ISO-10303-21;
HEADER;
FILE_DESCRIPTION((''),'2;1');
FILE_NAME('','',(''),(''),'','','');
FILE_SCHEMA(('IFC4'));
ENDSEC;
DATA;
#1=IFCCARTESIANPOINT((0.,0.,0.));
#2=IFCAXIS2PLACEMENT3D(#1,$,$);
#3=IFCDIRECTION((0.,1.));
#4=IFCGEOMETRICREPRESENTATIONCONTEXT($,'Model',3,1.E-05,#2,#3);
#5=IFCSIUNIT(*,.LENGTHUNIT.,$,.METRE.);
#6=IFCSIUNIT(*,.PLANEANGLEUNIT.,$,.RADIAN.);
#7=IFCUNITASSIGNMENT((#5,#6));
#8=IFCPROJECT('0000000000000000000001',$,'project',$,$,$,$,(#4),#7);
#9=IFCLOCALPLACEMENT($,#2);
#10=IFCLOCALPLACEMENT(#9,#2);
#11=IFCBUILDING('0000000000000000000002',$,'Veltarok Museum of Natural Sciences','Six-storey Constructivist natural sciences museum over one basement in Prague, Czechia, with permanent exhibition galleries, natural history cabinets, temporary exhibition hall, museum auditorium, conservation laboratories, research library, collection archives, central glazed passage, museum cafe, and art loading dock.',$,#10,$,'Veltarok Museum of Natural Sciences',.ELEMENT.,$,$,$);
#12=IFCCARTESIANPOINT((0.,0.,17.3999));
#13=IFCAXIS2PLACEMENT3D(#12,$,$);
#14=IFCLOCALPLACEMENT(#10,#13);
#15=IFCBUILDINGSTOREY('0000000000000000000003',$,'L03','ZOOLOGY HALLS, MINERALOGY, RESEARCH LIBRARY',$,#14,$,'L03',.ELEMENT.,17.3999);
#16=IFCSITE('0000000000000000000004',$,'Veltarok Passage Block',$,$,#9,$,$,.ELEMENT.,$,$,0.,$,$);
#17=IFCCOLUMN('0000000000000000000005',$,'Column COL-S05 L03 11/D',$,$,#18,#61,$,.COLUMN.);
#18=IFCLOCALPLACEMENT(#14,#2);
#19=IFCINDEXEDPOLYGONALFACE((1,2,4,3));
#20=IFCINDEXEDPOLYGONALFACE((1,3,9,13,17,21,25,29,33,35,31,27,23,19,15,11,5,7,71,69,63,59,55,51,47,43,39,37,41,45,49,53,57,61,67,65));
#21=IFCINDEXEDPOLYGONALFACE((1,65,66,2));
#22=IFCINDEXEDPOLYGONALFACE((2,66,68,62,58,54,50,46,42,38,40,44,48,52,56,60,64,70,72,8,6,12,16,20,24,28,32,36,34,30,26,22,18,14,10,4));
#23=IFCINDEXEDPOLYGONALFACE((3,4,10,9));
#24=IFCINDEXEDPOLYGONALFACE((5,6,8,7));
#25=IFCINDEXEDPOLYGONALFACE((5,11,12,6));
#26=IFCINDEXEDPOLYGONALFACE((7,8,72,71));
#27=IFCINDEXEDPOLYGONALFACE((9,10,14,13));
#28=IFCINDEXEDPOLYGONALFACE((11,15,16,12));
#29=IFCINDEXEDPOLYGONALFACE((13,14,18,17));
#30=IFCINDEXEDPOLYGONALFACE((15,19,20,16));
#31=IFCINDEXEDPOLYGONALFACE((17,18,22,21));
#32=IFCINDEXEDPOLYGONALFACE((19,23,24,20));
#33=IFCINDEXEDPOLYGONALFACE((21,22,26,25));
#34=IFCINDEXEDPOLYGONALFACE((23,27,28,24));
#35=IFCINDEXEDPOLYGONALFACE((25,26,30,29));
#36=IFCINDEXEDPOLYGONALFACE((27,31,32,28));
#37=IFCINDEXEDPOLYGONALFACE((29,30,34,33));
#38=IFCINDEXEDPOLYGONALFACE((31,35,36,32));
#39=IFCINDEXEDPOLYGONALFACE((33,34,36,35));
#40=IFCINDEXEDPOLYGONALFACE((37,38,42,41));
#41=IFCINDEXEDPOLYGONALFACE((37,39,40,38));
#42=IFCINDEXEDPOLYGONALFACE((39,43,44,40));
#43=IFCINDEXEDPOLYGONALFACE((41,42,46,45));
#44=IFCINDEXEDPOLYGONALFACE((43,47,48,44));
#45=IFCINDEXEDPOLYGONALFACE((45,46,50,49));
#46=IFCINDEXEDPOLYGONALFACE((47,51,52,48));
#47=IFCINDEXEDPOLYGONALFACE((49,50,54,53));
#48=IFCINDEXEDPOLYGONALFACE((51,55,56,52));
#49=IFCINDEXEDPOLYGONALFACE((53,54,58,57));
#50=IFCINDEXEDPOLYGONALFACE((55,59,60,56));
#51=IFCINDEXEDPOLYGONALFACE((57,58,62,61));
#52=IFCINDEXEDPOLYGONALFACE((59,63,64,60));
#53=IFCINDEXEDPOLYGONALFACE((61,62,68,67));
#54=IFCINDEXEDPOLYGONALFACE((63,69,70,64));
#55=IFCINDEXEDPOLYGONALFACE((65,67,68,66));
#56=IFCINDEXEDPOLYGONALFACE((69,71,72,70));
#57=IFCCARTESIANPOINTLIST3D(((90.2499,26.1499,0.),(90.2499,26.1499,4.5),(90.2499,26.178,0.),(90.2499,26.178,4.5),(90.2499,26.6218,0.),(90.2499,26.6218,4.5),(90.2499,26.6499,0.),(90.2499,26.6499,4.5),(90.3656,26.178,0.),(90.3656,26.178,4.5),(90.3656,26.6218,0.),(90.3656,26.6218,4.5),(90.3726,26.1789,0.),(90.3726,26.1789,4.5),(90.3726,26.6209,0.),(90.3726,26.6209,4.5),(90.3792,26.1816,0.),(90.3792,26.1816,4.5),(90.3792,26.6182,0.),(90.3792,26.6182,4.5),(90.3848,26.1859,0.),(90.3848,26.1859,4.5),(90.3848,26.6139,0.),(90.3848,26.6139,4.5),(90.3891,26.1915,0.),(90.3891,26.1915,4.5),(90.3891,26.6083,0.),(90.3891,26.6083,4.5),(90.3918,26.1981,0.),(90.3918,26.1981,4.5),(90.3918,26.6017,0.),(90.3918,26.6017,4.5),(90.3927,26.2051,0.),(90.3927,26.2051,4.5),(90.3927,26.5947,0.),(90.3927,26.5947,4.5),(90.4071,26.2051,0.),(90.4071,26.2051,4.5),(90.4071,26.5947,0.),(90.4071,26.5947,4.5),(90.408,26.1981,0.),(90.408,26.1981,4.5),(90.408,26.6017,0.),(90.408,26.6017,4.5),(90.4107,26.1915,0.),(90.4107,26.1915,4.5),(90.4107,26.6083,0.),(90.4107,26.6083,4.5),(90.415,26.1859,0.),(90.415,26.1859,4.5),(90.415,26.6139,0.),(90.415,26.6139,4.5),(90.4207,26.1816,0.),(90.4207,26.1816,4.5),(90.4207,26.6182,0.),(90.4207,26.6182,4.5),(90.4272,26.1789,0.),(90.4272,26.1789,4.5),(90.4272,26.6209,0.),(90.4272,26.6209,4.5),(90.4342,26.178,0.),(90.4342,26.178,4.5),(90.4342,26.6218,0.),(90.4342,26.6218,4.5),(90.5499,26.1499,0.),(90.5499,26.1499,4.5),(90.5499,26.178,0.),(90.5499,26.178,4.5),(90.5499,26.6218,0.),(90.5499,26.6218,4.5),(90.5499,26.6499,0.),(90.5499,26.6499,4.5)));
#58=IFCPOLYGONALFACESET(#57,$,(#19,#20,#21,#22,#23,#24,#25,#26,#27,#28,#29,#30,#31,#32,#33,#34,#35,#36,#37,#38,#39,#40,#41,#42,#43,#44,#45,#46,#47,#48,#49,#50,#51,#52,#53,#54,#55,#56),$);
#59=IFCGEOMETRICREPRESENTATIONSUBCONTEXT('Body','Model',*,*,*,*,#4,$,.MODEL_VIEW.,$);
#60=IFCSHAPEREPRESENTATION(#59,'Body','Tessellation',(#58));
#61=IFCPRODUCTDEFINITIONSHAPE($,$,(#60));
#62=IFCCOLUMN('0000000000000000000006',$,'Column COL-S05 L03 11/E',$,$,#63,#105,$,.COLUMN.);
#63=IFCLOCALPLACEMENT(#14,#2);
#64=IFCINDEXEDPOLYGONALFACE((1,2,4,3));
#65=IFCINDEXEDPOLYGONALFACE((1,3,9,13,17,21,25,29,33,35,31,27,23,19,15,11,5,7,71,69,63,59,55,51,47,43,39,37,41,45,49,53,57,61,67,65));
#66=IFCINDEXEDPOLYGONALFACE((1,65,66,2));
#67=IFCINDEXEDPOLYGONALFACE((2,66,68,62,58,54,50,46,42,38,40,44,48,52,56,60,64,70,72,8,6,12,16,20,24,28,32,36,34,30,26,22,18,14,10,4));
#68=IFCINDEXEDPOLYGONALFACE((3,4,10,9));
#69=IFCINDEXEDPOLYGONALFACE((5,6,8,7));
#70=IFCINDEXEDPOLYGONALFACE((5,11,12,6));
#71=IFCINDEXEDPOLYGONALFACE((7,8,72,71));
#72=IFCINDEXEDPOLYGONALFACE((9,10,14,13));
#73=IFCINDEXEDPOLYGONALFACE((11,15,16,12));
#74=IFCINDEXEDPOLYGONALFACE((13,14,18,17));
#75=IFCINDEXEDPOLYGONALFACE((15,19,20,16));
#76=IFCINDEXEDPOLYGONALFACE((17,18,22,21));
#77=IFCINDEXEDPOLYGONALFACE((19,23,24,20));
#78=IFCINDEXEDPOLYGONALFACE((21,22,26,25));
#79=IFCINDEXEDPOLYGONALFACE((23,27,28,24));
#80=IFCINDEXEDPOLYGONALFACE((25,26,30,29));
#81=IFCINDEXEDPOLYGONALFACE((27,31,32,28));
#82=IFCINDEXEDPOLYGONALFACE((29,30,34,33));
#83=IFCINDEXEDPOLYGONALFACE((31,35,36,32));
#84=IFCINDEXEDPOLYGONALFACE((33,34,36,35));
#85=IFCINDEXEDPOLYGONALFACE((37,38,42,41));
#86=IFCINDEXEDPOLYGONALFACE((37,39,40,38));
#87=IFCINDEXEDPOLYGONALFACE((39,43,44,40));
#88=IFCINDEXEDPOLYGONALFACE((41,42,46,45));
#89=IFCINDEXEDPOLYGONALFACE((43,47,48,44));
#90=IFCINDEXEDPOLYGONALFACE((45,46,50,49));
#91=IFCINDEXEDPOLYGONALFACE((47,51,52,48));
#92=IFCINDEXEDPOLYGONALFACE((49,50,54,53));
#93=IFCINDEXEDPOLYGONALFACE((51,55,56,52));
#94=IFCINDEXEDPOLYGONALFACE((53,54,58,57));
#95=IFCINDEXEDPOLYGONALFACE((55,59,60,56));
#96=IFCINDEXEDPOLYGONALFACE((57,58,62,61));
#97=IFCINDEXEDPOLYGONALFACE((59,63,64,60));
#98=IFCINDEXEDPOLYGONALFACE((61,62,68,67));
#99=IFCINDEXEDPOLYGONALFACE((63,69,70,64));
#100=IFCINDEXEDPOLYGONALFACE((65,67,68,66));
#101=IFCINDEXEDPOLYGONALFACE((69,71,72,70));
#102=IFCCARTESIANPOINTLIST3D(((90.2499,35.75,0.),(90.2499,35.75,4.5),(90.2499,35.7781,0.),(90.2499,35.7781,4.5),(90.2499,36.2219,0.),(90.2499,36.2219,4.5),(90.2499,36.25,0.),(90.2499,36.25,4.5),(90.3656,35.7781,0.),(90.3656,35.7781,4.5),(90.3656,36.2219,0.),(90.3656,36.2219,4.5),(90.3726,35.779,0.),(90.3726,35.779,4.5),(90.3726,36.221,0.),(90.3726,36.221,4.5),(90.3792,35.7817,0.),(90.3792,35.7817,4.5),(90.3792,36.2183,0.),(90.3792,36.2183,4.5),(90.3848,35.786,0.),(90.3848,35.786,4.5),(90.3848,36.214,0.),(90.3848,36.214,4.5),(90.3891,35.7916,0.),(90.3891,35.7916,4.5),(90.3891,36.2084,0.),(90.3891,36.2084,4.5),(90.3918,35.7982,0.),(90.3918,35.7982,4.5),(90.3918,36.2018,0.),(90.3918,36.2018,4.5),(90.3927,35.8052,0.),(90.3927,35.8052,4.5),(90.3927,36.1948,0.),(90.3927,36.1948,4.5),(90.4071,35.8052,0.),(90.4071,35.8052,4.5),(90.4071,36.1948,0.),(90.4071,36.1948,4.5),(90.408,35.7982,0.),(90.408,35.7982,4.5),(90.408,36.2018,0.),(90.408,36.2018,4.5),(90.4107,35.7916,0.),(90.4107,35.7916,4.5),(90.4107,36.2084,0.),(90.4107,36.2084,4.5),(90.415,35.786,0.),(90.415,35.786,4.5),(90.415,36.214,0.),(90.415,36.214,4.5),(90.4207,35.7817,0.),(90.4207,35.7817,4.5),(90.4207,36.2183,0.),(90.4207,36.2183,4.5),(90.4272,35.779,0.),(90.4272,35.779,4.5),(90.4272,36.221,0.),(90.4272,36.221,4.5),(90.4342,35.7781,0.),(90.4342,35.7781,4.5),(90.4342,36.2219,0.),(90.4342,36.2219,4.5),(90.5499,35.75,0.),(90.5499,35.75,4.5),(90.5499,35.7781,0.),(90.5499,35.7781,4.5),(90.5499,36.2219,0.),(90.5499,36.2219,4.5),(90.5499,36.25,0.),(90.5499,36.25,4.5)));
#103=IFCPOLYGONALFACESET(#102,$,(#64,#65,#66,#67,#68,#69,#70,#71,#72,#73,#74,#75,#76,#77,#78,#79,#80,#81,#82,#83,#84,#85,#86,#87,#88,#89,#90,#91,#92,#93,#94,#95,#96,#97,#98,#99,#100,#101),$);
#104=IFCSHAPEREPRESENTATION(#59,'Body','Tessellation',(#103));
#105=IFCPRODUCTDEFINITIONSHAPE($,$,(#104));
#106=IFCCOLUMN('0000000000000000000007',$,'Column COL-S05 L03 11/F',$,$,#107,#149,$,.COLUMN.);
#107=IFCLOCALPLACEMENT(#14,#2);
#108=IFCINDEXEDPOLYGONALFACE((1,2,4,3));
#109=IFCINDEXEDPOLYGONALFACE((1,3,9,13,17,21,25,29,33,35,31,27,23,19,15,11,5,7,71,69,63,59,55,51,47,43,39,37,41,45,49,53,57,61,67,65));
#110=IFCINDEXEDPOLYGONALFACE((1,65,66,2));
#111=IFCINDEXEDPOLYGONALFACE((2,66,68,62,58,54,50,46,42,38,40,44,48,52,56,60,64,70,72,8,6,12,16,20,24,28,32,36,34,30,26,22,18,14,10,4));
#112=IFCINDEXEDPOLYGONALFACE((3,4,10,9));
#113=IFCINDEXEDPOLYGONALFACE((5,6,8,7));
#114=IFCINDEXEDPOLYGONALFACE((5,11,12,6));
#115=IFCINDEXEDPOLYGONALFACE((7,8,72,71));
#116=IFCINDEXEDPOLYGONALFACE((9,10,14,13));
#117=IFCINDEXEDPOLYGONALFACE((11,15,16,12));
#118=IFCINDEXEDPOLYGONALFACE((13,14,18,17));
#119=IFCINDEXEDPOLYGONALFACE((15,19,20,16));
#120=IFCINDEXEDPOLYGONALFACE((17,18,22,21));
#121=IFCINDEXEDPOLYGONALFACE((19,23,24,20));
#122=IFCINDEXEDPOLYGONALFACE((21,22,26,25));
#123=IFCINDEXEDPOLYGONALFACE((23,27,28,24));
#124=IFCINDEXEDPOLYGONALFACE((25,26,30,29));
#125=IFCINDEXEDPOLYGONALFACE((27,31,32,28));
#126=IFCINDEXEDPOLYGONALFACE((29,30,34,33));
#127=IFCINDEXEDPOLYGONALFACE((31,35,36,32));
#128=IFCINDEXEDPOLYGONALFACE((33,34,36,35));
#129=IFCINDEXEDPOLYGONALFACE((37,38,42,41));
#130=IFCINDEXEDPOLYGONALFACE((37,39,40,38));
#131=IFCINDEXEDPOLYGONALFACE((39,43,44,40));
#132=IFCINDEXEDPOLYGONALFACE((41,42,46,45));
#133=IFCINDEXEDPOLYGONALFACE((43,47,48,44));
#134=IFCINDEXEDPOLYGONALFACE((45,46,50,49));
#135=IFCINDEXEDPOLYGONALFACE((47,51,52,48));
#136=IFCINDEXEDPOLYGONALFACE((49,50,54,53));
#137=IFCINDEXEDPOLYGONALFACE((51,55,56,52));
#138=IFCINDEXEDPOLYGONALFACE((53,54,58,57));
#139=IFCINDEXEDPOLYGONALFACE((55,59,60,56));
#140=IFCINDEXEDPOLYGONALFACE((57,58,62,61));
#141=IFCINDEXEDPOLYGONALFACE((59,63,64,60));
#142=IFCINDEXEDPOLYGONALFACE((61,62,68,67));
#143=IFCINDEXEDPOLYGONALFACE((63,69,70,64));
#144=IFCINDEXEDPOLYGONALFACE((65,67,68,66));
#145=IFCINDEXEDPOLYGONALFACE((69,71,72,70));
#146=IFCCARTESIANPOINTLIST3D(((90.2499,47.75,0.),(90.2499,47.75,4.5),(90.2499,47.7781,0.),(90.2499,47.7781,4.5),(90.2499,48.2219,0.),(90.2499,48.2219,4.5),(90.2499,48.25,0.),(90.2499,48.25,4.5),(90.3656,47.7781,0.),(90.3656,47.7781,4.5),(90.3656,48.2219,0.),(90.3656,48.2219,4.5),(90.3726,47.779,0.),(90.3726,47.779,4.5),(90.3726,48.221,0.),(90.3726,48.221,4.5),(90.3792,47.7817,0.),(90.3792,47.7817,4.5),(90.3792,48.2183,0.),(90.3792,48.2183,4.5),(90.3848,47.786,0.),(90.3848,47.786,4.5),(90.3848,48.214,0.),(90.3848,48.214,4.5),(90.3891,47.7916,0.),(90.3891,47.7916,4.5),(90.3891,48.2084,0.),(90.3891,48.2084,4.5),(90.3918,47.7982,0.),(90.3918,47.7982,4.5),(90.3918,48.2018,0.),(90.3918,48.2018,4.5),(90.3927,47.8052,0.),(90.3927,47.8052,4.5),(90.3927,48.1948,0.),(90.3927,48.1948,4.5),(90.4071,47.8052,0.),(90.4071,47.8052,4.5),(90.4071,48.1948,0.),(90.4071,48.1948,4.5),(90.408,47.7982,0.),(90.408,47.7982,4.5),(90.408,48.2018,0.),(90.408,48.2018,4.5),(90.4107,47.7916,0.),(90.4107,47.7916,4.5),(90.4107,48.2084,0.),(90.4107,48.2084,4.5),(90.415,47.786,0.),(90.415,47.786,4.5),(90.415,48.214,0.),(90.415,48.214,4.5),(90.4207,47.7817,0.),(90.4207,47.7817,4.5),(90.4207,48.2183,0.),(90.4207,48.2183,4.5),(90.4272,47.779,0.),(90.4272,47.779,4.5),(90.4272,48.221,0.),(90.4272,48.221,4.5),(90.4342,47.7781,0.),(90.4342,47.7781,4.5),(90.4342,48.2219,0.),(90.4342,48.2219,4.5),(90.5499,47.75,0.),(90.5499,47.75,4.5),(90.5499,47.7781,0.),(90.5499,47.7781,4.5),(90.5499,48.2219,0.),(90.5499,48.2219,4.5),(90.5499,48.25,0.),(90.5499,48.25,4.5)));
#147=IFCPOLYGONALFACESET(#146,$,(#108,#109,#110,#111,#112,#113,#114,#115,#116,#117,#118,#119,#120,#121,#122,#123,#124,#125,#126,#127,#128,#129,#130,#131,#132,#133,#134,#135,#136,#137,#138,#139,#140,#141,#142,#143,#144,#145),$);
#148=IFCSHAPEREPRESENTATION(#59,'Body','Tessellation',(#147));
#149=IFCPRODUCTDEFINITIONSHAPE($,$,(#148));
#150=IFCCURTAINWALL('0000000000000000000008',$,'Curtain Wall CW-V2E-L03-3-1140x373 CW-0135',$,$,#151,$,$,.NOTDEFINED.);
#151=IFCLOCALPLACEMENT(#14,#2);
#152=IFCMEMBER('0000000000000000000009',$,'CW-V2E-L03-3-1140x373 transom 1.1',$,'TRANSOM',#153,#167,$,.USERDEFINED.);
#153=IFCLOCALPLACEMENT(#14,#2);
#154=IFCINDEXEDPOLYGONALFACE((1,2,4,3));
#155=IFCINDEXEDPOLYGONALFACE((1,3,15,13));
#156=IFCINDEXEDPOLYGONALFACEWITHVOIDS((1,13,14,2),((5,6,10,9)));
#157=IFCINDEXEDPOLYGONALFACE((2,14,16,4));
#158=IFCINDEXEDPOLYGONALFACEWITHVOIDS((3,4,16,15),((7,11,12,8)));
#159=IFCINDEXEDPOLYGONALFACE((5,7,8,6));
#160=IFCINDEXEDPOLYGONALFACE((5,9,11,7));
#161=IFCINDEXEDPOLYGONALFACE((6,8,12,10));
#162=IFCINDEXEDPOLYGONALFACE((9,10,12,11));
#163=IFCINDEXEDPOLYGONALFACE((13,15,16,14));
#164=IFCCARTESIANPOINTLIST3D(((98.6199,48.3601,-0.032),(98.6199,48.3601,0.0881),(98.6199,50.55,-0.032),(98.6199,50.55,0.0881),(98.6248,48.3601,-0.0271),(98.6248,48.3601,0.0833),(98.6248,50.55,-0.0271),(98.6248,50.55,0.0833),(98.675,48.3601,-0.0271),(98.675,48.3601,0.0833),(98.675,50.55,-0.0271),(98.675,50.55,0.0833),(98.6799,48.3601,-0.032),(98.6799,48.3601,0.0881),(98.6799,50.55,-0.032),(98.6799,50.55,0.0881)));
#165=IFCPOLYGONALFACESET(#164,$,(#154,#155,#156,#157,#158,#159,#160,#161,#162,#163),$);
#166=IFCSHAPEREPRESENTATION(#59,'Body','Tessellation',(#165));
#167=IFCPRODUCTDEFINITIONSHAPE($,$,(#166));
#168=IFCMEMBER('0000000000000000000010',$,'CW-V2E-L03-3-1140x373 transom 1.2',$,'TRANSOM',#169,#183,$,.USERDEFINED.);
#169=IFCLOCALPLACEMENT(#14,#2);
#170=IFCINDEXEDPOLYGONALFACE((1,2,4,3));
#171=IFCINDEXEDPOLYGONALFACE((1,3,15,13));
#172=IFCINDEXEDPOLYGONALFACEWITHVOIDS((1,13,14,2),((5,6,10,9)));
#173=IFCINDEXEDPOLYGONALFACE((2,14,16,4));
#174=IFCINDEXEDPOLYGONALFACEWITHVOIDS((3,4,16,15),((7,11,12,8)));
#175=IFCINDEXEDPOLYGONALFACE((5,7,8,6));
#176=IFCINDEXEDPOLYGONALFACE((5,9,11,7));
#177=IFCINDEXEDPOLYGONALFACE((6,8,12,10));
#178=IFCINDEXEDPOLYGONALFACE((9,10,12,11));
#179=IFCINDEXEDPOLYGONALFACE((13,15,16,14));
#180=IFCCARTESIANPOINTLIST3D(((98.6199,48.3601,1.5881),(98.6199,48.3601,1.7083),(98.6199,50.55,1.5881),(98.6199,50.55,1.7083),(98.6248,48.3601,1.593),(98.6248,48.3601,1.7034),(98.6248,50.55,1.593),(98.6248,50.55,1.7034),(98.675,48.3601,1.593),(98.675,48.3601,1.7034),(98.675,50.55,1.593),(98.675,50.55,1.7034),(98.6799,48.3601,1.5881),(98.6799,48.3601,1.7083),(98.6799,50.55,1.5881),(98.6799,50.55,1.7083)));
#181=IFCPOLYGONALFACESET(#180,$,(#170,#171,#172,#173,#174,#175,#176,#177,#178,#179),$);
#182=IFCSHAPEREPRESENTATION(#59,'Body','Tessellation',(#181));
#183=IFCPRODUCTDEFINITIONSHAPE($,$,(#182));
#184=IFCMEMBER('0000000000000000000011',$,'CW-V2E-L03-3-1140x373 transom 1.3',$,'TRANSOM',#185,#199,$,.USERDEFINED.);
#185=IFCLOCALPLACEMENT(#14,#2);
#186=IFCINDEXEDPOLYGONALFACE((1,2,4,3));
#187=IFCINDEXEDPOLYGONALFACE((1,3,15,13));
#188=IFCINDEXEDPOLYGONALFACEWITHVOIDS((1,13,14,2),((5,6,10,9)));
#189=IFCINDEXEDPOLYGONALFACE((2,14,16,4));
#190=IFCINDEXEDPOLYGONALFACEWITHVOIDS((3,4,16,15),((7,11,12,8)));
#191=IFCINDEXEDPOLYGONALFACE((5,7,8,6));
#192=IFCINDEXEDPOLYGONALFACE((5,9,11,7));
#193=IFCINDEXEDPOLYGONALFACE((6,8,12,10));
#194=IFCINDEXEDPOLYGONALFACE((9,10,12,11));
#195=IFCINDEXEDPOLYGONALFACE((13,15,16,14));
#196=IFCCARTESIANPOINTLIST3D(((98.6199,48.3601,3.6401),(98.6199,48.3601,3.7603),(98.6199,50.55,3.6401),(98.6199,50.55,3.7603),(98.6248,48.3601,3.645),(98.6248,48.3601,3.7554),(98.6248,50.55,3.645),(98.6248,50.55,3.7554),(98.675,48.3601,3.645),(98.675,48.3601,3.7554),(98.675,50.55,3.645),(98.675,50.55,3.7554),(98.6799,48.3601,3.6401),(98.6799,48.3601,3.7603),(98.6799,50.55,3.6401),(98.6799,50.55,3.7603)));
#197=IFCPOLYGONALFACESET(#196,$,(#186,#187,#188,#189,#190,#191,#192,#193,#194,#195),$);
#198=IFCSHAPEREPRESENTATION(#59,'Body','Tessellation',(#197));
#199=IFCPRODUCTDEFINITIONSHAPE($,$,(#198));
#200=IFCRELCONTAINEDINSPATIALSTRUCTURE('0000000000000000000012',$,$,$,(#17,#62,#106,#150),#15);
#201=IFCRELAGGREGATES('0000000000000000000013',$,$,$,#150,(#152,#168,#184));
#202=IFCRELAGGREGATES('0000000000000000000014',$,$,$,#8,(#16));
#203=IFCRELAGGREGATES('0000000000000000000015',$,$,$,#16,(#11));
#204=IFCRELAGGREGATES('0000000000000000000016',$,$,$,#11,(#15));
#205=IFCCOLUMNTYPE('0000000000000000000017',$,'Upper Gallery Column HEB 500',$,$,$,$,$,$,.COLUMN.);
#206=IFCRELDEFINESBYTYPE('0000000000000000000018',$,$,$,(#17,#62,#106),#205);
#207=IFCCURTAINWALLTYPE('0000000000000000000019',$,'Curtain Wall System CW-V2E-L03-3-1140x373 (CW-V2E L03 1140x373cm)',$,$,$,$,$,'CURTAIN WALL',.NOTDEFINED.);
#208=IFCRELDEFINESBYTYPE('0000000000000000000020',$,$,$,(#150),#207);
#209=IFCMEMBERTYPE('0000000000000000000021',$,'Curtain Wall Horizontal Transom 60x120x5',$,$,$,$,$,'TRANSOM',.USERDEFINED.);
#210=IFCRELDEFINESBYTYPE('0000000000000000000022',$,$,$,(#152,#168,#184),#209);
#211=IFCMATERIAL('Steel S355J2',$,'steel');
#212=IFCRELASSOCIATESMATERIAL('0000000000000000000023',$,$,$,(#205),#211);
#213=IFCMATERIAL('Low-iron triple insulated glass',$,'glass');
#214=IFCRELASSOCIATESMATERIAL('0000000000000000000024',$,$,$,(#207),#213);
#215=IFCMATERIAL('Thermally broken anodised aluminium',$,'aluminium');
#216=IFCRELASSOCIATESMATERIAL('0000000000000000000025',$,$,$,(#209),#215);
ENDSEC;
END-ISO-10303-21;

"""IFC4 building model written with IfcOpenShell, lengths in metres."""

from ifc_helpers import new_model, si_unit, direction, frame, origin, origin_2d, place, context, subcontext, project, spatial, hollow_rectangle, i_section, extrude, material, material_profile, profile_set, type_object, element, aggregate, save


model = new_model("IFC4")

# Units and contexts
model_context = context("Model", 3, precision=1e-05, world=origin(), true_north=direction((0.0, 1.0)))
body_context = subcontext(model_context, "Body", "Model", "MODEL_VIEW")
ifc_project = project(units=[si_unit("LENGTHUNIT", "METRE"), si_unit("PLANEANGLEUNIT", "RADIAN")], contexts=[model_context])

# Site, building, storey
site_placement = place(None, origin())
site = spatial("IfcSite", under=ifc_project, at=site_placement, Name="Veltarok Passage Block", CompositionType="ELEMENT", RefElevation=0.0)
building_placement = place(site_placement, origin())
building = spatial("IfcBuilding", under=site, at=building_placement, Name="Veltarok Museum of Natural Sciences", Description="Six-storey Constructivist natural sciences museum over one basement in Prague, Czechia, with permanent exhibition galleries, natural history cabinets, temporary exhibition hall, museum auditorium, conservation laboratories, research library, collection archives, central glazed passage, museum cafe, and art loading dock.", LongName="Veltarok Museum of Natural Sciences", CompositionType="ELEMENT")
storey_placement = place(building_placement, frame((0.0, 0.0, 17.3999)))
storey = spatial("IfcBuildingStorey", under=building, at=storey_placement, Name="L03", Description="ZOOLOGY HALLS, MINERALOGY, RESEARCH LIBRARY", LongName="L03", CompositionType="ELEMENT", Elevation=17.3999)

# Columns
ifc_material_1 = material(Name="Steel S355J2", Category="steel")
ifc_material_profile_1 = material_profile(ifc_material_1, i_section(OverallWidth=0.3, OverallDepth=0.5, WebThickness=0.0144, FlangeThickness=0.0281, FilletRadius=0.0271, at=origin_2d()), Name="HEB 500")
ifc_profile_set_1 = profile_set([ifc_material_profile_1], Name="Steel S355J2")
column_type = type_object("IfcColumnType", Name="Upper Gallery Column HEB 500", PredefinedType="COLUMN", material=ifc_profile_set_1)
for number, where, z_axis, x_axis, name in (
    (1, (90.3999, 26.3999, 0.0), (0.0, 0.0, 1.0), (1.0, 0.0, 0.0), "Column COL-S05 L03 11/D"),
    (2, (90.3999, 36.0, 0.0), (0.0, 0.0, 1.0), (1.0, 0.0, 0.0), "Column COL-S05 L03 11/E"),
    (3, (90.3999, 48.0, 0.0), (0.0, 0.0, 1.0), (1.0, 0.0, 0.0), "Column COL-S05 L03 11/F"),
):
    element("IfcColumn", number, at=place(storey_placement, frame(where, z_axis=z_axis, x_axis=x_axis)), inside=storey, type_object=column_type, Name=name, PredefinedType="COLUMN", context=body_context, shape_type="SweptSolid", body=[
        extrude(i_section(OverallWidth=0.3, OverallDepth=0.5, WebThickness=0.0144, FlangeThickness=0.0281, FilletRadius=0.0271, at=origin_2d()), origin(), (0.0, 0.0, 1.0), 4.5),
    ])

# Curtain wall, members
ifc_material_2 = material(Name="Low-iron triple insulated glass", Category="glass")
curtain_wall_type = type_object("IfcCurtainWallType", Name="Curtain Wall System CW-V2E-L03-3-1140x373 (CW-V2E L03 1140x373cm)", ElementType="CURTAIN WALL", PredefinedType="NOTDEFINED", material=ifc_material_2)
curtain_wall_placement = place(storey_placement, origin())
curtain_wall = element("IfcCurtainWall", 4, at=curtain_wall_placement, inside=storey, type_object=curtain_wall_type, Name="Curtain Wall CW-V2E-L03-3-1140x373 CW-0135", PredefinedType="NOTDEFINED")
ifc_material_3 = material(Name="Thermally broken anodised aluminium", Category="aluminium")
ifc_material_profile_2 = material_profile(ifc_material_3, hollow_rectangle(XDim=0.0601, YDim=0.1201, WallThickness=0.0049, at=origin_2d()), Name="CW TRANSOM 60x120x5")
ifc_profile_set_2 = profile_set([ifc_material_profile_2], Name="Thermally broken anodised aluminium")
member_type_1 = type_object("IfcMemberType", Name="Curtain Wall Horizontal Transom 60x120x5", ElementType="TRANSOM", PredefinedType="USERDEFINED", material=ifc_profile_set_2)
member_1_placement = place(storey_placement, frame((98.6499, 48.3601, 0.0281), z_axis=(0.0, 1.0, 0.0), x_axis=(-1.0, 0.0, 0.0)))
member_1 = element("IfcMember", 5, at=member_1_placement, type_object=member_type_1, Name="CW-V2E-L03-3-1140x373 transom 1.1", ObjectType="TRANSOM", PredefinedType="USERDEFINED", context=body_context, shape_type="SweptSolid", body=[
    extrude(hollow_rectangle(XDim=0.0601, YDim=0.1201, WallThickness=0.0049, at=origin_2d()), origin(), (0.0, 0.0, 1.0), 2.1899),
])
member_2_placement = place(storey_placement, frame((98.6499, 48.3601, 1.6482), z_axis=(0.0, 1.0, 0.0), x_axis=(-1.0, 0.0, 0.0)))
member_2 = element("IfcMember", 6, at=member_2_placement, type_object=member_type_1, Name="CW-V2E-L03-3-1140x373 transom 1.2", ObjectType="TRANSOM", PredefinedType="USERDEFINED", context=body_context, shape_type="SweptSolid", body=[
    extrude(hollow_rectangle(XDim=0.0601, YDim=0.1201, WallThickness=0.0049, at=origin_2d()), origin(), (0.0, 0.0, 1.0), 2.1899),
])
member_3_placement = place(storey_placement, frame((98.6499, 48.3601, 3.7002), z_axis=(0.0, 1.0, 0.0), x_axis=(-1.0, 0.0, 0.0)))
member_3 = element("IfcMember", 7, at=member_3_placement, type_object=member_type_1, Name="CW-V2E-L03-3-1140x373 transom 1.3", ObjectType="TRANSOM", PredefinedType="USERDEFINED", context=body_context, shape_type="SweptSolid", body=[
    extrude(hollow_rectangle(XDim=0.0601, YDim=0.1201, WallThickness=0.0049, at=origin_2d()), origin(), (0.0, 0.0, 1.0), 2.1899),
])

aggregate(curtain_wall, [member_1, member_2, member_3])

save(model, "model.ifc")
